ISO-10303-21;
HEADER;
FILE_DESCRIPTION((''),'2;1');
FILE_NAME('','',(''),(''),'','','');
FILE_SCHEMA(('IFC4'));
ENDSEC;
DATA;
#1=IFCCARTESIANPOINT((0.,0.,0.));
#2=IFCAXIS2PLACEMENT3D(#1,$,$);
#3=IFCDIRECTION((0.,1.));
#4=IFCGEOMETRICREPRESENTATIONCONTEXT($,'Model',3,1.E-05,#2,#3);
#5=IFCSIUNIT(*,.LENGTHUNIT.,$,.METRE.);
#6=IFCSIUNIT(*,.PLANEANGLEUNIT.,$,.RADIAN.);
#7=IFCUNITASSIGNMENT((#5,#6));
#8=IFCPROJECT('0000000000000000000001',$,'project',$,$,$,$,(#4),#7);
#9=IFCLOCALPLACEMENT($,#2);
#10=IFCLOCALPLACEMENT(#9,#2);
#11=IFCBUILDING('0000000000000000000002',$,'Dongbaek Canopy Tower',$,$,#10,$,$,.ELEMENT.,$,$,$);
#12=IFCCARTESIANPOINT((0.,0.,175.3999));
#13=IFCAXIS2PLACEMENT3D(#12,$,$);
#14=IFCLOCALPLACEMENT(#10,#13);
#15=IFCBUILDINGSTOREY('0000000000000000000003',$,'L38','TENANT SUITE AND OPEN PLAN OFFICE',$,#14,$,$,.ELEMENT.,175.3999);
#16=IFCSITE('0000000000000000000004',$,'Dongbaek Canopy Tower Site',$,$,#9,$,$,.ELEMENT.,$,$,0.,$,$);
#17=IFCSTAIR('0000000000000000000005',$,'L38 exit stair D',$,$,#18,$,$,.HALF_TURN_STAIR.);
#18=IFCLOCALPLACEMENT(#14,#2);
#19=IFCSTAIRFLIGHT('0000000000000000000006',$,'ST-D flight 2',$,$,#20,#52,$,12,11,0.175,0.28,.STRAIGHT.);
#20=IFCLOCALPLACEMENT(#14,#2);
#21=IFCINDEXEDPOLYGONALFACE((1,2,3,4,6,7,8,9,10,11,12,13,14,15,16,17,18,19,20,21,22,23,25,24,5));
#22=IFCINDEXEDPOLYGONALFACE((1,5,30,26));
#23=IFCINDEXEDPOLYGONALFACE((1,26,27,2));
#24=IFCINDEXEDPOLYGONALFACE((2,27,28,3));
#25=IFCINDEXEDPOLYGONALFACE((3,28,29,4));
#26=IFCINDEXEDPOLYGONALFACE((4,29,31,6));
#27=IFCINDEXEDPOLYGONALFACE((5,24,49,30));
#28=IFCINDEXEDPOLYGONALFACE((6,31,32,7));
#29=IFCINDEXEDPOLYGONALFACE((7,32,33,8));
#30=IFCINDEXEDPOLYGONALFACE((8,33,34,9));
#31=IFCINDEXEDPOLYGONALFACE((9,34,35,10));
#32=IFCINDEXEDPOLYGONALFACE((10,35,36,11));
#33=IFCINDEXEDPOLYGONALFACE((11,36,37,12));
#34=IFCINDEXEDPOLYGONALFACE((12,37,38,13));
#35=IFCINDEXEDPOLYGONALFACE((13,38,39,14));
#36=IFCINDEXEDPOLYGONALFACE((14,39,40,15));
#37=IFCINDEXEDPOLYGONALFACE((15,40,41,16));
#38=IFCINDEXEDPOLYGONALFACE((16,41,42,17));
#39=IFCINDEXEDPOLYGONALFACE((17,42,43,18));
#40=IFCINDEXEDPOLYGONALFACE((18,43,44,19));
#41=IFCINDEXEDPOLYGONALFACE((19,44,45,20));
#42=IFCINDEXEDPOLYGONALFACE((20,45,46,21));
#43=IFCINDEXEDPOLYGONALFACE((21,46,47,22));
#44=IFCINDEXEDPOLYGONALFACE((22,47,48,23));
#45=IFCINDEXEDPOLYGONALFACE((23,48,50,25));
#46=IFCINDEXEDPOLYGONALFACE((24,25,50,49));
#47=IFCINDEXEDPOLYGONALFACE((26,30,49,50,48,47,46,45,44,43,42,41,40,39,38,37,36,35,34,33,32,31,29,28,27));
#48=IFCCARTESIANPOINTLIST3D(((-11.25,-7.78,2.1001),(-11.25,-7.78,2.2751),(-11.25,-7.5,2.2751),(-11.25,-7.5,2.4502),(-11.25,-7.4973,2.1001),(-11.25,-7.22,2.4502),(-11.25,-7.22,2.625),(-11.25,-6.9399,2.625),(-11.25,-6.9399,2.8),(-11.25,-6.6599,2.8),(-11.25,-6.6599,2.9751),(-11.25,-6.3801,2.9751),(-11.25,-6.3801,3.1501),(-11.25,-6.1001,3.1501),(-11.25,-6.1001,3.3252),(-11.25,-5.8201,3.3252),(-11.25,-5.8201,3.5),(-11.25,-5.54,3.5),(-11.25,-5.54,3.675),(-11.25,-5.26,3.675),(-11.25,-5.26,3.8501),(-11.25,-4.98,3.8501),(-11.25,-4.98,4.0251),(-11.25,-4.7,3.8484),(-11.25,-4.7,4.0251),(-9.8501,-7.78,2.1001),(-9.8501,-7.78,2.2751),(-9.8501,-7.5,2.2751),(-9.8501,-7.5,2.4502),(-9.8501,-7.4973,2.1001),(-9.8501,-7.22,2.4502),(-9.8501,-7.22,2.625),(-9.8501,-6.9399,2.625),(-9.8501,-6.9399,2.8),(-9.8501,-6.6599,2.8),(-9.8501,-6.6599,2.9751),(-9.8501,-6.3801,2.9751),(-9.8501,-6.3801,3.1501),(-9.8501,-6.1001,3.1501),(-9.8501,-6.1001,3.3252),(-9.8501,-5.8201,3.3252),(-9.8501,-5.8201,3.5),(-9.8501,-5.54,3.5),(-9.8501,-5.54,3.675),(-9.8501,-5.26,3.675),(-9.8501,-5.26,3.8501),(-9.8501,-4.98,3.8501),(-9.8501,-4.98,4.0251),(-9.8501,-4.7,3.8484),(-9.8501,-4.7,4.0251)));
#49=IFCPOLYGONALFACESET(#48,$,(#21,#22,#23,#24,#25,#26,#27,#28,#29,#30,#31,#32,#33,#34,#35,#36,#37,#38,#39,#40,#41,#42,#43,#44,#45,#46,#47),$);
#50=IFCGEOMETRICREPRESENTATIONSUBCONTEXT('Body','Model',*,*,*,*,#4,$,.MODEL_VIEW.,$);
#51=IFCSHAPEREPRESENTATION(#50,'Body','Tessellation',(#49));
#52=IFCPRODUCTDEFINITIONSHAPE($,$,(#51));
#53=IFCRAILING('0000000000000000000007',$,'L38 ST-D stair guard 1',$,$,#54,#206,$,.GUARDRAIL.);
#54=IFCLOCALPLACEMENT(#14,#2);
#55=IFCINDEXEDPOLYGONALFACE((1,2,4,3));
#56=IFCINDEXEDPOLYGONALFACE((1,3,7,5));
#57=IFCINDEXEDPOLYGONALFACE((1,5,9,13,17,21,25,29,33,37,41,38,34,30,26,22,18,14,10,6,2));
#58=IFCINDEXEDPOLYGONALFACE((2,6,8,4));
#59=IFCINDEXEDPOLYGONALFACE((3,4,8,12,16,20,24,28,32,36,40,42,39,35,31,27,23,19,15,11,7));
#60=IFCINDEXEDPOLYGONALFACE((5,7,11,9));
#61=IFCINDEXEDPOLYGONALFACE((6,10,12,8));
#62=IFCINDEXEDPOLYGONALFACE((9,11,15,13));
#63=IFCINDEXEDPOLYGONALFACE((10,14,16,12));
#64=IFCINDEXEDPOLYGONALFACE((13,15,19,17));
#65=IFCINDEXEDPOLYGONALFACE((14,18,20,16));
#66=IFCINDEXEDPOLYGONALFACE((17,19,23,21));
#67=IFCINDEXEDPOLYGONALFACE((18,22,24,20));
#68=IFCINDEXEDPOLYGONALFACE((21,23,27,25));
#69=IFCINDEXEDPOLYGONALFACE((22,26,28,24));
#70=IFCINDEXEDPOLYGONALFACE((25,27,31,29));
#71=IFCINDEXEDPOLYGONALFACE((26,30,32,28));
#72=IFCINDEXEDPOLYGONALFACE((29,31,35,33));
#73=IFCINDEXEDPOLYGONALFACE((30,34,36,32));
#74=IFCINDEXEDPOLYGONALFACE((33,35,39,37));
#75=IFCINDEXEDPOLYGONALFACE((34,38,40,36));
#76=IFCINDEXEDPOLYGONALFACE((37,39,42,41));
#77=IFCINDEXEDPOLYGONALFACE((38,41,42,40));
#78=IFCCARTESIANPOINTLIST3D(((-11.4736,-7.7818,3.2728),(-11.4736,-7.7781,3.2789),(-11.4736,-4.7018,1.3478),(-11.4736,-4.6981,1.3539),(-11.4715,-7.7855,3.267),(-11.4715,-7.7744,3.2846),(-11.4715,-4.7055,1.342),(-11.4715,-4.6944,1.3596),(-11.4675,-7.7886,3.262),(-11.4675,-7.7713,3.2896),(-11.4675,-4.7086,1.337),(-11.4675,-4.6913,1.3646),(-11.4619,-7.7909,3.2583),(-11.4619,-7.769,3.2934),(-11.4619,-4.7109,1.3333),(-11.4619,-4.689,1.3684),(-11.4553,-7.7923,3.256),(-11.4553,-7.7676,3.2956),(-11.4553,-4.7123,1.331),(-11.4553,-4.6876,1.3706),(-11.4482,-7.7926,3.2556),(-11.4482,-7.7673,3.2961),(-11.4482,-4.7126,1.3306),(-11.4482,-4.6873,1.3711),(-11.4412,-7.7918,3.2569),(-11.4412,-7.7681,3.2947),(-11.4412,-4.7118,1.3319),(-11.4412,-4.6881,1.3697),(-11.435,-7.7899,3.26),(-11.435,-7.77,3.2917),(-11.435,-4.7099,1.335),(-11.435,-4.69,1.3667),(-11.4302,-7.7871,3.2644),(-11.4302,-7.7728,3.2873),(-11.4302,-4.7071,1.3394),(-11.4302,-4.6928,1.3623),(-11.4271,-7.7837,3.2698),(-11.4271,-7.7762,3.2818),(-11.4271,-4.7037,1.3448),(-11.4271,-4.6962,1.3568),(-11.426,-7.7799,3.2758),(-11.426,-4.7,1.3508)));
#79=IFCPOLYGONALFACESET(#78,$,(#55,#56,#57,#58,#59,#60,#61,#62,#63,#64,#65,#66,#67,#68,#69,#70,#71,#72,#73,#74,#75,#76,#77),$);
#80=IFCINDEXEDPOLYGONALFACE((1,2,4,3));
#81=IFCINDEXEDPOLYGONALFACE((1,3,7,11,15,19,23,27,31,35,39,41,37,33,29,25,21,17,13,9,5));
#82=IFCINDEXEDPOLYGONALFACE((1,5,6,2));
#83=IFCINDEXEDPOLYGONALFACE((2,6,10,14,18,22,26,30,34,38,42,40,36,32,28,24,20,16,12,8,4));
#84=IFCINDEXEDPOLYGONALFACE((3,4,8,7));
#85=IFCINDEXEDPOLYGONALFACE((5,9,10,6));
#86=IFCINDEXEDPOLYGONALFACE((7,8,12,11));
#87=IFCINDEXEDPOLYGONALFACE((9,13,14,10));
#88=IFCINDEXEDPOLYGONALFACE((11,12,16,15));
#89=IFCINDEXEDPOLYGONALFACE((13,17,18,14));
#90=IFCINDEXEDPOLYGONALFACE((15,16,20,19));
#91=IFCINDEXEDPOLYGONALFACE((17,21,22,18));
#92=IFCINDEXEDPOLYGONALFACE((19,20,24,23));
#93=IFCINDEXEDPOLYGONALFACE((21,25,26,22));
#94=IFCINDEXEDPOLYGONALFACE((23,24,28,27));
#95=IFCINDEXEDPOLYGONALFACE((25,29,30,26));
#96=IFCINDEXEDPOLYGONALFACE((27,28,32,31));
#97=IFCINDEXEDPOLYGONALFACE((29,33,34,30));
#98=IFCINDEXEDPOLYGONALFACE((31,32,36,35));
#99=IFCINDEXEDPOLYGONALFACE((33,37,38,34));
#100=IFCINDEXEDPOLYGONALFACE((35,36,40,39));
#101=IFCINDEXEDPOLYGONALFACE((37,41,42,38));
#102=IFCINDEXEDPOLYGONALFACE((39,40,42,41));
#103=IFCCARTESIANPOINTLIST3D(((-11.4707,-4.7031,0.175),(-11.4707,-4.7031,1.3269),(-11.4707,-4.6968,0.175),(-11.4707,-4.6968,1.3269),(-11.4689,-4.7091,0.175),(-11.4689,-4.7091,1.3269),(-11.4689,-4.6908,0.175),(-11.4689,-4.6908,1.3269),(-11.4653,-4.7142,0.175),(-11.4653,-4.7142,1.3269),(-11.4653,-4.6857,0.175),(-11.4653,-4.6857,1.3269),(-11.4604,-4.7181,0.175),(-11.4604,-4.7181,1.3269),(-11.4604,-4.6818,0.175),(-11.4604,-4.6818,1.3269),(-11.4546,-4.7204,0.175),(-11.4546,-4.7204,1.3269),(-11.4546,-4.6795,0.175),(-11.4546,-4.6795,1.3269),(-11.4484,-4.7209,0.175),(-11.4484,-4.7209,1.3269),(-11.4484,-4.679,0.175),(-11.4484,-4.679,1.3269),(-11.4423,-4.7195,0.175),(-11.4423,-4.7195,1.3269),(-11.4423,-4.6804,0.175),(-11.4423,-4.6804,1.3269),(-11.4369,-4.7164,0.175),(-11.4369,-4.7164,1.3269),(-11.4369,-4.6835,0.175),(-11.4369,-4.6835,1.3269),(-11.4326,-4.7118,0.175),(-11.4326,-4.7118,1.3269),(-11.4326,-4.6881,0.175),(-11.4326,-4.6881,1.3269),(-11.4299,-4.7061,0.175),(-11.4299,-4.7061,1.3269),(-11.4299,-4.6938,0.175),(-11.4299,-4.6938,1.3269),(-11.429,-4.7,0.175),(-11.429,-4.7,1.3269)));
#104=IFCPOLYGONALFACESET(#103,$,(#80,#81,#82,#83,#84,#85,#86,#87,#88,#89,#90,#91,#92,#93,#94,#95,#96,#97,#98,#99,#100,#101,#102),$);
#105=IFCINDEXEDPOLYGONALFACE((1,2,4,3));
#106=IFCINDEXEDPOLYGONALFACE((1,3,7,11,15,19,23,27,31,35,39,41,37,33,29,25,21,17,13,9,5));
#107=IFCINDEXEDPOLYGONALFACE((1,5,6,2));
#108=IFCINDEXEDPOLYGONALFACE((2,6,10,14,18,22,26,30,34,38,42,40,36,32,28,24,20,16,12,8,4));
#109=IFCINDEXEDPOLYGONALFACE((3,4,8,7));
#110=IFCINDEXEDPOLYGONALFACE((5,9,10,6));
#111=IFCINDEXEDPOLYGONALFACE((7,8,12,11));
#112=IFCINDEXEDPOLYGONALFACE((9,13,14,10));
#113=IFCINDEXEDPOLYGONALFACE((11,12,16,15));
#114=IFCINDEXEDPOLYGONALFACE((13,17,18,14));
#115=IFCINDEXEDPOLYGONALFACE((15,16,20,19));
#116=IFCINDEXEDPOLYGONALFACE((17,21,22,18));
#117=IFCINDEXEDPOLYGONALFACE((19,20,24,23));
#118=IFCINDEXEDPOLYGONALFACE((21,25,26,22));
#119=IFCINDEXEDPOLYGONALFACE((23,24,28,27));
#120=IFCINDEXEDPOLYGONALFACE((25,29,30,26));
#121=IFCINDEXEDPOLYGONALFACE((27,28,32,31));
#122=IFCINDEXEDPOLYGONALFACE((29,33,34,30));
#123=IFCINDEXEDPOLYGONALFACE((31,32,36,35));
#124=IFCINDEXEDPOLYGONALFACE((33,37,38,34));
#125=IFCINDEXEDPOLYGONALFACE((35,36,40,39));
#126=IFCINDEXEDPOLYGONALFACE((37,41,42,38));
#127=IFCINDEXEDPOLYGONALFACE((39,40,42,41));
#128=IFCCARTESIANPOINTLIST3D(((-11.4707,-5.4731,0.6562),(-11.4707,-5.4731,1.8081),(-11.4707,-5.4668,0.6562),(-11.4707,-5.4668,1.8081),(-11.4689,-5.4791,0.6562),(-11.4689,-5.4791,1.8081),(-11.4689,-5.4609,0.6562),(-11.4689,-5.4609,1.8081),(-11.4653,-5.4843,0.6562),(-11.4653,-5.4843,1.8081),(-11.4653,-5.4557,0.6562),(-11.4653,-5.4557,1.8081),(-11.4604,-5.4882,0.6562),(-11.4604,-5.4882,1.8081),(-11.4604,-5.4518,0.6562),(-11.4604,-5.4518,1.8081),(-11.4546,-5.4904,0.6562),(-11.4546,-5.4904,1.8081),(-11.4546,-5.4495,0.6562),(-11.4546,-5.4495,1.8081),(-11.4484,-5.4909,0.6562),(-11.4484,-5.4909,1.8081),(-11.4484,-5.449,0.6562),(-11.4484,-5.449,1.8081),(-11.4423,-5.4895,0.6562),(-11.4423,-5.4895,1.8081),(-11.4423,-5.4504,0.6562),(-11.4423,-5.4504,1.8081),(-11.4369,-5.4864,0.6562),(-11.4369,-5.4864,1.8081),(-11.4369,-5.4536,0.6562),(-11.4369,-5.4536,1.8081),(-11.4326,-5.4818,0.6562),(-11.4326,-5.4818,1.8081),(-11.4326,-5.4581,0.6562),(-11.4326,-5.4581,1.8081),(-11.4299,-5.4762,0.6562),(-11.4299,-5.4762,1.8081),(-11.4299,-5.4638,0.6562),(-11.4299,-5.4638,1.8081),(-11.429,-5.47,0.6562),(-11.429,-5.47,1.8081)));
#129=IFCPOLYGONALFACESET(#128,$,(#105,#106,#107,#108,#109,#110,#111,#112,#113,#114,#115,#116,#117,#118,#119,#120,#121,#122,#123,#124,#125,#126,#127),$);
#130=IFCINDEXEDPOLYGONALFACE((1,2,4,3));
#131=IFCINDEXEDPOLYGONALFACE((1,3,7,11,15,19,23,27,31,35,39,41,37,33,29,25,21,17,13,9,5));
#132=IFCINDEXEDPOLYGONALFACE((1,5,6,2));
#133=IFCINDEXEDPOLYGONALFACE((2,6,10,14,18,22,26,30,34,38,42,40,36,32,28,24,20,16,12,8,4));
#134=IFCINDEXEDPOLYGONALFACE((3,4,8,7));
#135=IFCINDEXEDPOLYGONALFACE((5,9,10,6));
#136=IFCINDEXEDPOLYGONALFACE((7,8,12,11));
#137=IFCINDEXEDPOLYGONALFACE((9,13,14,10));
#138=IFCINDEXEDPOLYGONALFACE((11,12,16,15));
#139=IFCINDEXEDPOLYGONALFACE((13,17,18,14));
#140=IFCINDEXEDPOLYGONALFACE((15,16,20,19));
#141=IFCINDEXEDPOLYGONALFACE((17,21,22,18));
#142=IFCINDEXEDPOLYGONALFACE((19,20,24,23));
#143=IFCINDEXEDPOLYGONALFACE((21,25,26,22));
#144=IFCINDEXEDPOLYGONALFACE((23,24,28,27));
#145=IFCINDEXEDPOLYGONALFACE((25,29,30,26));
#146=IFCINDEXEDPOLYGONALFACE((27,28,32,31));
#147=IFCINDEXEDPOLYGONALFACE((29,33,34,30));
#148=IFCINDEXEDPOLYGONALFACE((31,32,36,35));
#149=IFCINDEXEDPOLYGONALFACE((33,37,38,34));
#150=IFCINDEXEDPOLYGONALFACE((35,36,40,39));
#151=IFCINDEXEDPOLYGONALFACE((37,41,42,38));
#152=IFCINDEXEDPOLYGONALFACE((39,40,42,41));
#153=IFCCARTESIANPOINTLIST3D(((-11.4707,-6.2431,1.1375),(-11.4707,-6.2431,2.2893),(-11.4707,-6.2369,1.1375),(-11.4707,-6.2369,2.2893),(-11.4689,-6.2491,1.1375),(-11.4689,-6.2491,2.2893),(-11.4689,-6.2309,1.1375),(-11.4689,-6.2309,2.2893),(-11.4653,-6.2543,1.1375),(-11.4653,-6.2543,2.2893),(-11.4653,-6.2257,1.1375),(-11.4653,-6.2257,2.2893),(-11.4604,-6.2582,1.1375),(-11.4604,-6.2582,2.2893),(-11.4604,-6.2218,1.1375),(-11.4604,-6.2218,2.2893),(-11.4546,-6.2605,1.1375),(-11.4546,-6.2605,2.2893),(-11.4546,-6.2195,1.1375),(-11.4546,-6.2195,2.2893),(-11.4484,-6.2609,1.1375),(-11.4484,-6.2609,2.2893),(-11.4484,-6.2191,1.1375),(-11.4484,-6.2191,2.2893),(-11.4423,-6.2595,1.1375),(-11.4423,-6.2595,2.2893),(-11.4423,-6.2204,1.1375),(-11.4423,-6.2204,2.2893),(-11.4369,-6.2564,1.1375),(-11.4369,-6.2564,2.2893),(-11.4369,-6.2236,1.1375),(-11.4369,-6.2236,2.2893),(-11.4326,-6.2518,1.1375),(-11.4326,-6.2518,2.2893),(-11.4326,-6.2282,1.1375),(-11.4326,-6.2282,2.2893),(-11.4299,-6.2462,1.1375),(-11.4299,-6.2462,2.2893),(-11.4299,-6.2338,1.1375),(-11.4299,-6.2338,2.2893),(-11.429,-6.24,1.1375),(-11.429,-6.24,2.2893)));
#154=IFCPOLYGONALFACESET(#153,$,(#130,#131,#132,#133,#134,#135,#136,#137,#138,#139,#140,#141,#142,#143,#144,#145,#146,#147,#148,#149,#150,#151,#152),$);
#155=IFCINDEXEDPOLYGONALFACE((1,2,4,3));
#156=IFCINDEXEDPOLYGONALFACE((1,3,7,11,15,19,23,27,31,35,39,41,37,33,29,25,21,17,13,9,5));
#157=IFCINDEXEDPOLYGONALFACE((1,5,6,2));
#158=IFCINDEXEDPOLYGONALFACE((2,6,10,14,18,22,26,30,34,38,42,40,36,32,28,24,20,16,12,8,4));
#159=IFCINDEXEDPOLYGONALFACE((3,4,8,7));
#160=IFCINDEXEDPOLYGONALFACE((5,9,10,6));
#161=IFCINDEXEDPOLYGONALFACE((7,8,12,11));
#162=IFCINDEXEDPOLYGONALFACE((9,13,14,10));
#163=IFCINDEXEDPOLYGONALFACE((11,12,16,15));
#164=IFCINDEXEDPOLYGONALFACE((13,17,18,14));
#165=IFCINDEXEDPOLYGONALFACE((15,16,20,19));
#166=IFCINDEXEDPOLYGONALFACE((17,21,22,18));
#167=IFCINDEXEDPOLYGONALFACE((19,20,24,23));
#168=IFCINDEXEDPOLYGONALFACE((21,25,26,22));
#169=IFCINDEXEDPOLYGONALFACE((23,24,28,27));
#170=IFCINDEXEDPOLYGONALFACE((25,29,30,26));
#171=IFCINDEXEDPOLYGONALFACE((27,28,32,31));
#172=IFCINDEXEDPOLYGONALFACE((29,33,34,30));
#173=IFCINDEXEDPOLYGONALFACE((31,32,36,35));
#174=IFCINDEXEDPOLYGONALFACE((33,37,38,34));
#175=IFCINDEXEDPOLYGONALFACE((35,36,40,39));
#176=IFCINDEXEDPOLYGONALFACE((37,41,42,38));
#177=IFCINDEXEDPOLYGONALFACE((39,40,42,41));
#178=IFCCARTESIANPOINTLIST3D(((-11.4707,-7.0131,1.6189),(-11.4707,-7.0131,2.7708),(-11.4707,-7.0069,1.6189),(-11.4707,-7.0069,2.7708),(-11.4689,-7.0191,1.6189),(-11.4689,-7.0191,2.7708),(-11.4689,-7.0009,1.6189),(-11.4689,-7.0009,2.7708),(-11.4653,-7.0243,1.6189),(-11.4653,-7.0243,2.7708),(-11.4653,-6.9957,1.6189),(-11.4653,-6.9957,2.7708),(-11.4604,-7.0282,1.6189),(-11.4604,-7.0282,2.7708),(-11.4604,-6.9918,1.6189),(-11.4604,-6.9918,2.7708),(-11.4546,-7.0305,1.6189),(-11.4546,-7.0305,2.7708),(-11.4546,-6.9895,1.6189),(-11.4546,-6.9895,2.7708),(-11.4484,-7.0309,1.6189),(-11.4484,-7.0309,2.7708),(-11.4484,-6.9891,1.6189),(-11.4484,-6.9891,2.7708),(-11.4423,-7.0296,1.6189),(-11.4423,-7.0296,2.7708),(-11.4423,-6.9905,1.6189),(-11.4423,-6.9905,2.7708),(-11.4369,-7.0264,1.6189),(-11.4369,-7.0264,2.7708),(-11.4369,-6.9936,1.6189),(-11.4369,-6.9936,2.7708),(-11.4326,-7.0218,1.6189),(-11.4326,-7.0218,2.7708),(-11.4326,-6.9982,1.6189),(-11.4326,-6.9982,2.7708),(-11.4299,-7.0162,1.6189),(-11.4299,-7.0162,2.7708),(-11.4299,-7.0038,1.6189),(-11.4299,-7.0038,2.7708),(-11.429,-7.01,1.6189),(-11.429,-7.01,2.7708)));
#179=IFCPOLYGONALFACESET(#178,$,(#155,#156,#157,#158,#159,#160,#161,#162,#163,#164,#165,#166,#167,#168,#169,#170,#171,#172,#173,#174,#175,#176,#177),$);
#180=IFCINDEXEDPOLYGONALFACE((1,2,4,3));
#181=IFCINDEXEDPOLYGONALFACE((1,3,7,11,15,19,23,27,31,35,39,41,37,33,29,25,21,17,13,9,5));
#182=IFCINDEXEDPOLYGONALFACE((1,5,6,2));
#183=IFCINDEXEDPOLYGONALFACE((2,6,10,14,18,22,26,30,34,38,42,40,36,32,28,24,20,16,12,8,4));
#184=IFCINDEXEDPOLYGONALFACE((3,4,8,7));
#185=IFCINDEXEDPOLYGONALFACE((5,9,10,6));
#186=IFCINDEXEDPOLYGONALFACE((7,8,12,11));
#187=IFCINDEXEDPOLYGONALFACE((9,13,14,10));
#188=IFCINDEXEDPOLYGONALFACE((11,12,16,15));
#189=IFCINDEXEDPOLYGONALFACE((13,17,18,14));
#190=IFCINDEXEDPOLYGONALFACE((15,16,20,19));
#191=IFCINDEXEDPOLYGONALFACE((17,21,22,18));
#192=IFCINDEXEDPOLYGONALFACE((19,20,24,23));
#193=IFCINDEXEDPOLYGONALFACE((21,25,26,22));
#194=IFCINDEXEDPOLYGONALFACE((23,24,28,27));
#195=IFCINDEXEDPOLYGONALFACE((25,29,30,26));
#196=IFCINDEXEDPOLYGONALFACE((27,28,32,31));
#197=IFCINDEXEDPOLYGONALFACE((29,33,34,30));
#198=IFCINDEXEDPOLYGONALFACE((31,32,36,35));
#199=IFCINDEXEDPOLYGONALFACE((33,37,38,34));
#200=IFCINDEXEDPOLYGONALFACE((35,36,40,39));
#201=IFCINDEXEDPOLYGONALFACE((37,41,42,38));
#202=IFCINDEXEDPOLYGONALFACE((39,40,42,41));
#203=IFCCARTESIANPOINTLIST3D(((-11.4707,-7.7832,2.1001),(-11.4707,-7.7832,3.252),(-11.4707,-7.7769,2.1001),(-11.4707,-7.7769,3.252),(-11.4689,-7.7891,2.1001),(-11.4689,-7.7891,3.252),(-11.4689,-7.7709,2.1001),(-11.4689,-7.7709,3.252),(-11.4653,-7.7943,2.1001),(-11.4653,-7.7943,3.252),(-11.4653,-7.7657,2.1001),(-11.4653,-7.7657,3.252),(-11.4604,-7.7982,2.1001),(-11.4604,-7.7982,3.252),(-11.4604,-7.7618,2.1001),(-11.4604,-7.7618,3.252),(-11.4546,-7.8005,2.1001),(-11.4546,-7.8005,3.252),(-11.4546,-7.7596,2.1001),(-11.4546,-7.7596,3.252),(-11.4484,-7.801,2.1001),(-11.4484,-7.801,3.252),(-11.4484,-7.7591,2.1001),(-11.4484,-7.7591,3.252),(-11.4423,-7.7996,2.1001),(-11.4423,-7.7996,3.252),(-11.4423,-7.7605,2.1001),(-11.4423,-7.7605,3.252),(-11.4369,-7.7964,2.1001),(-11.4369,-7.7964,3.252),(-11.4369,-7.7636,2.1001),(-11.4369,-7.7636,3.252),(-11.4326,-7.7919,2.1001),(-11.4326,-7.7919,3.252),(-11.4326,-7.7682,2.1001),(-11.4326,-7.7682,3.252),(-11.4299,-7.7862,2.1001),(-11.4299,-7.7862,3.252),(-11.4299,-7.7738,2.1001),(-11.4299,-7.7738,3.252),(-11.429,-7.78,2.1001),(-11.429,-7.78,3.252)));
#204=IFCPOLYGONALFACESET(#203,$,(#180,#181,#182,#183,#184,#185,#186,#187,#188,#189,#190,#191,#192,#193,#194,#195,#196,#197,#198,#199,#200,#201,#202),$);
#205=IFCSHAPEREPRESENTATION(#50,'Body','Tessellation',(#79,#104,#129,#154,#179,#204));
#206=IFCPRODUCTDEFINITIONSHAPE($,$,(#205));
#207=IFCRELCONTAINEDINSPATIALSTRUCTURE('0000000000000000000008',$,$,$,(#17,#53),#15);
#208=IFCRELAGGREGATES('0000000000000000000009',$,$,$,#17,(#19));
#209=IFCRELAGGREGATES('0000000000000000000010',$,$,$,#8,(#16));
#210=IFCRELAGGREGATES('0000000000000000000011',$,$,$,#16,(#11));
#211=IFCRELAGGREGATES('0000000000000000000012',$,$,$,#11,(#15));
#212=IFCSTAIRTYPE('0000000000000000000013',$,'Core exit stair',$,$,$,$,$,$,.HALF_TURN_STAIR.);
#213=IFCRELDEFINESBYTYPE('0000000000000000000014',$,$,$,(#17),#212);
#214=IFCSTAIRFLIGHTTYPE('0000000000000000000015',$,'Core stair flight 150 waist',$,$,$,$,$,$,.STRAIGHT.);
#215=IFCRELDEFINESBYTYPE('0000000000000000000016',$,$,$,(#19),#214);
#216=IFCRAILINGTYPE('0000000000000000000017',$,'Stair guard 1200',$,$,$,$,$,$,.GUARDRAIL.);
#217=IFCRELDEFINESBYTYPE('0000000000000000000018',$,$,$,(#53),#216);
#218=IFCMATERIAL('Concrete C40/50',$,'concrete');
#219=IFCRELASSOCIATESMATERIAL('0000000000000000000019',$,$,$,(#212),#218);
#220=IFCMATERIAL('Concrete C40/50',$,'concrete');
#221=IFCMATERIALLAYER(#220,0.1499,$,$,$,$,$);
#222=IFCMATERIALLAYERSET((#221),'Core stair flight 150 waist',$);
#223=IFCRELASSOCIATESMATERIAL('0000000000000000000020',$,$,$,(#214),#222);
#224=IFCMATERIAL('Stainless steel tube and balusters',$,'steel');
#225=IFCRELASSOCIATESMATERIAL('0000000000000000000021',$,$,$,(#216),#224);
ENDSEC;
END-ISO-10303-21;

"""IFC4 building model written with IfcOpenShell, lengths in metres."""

from ifc_helpers import new_model, si_unit, direction, frame, origin, origin_2d, place, context, subcontext, project, spatial, polyline, circle, outline, extrude, material, layer, layer_set, type_object, element, aggregate, save


model = new_model("IFC4")

# Units and contexts
model_context = context("Model", 3, precision=1e-05, world=origin(), true_north=direction((0.0, 1.0)))
body_context = subcontext(model_context, "Body", "Model", "MODEL_VIEW")
ifc_project = project(units=[si_unit("LENGTHUNIT", "METRE"), si_unit("PLANEANGLEUNIT", "RADIAN")], contexts=[model_context])

# Site, building, storey
site_placement = place(None, origin())
site = spatial("IfcSite", under=ifc_project, at=site_placement, Name="Dongbaek Canopy Tower Site", CompositionType="ELEMENT", RefElevation=0.0)
building_placement = place(site_placement, origin())
building = spatial("IfcBuilding", under=site, at=building_placement, Name="Dongbaek Canopy Tower", CompositionType="ELEMENT")
storey_placement = place(building_placement, frame((0.0, 0.0, 175.3999)))
storey = spatial("IfcBuildingStorey", under=building, at=storey_placement, Name="L38", Description="TENANT SUITE AND OPEN PLAN OFFICE", CompositionType="ELEMENT", Elevation=175.3999)

# Stair, stair flight
ifc_material_1 = material(Name="Concrete C40/50", Category="concrete")
stair_type = type_object("IfcStairType", Name="Core exit stair", PredefinedType="HALF_TURN_STAIR", material=ifc_material_1)
stair_placement = place(storey_placement, origin())
stair = element("IfcStair", 1, at=stair_placement, inside=storey, type_object=stair_type, Name="L38 exit stair D", PredefinedType="HALF_TURN_STAIR")
ifc_material_2 = material(Name="Concrete C40/50", Category="concrete")
ifc_layer_1 = layer(ifc_material_2, 0.1499)
ifc_layer_set_1 = layer_set([ifc_layer_1], Name="Core stair flight 150 waist")
stair_flight_type = type_object("IfcStairFlightType", Name="Core stair flight 150 waist", PredefinedType="STRAIGHT", material=ifc_layer_set_1)
stair_flight_1_placement = place(storey_placement, frame((-10.55, -7.78, 2.1001), z_axis=(0.0, 0.0, 1.0), x_axis=(0.0, 1.0, 0.0)))
stair_flight_1 = element("IfcStairFlight", 2, at=stair_flight_1_placement, type_object=stair_flight_type, Name="ST-D flight 2", NumberOfRisers=12, NumberOfTreads=11, PredefinedType="STRAIGHT", RiserHeight=0.175, TreadLength=0.28, context=body_context, shape_type="SweptSolid", body=[
    extrude(outline(polyline([(0.0, 0.0), (0.0, 0.175), (0.28, 0.175), (0.28, 0.3501), (0.5601, 0.3501), (0.5601, 0.5249), (0.8401, 0.5249), (0.8401, 0.7), (1.1201, 0.7), (1.1201, 0.875), (1.3999, 0.875), (1.3999, 1.05), (1.6799, 1.05), (1.6799, 1.2251), (1.96, 1.2251), (1.96, 1.3999), (2.24, 1.3999), (2.24, 1.575), (2.52, 1.575), (2.52, 1.75), (2.8, 1.75), (2.8, 1.925), (3.0801, 1.925), (3.0801, 2.1001), (3.0801, 1.7483), (0.2827, 0.0), (0.0, 0.0)])), frame((0.0, 0.7, 0.0), z_axis=(0.0, -1.0, 0.0), x_axis=(1.0, 0.0, 0.0)), (0.0, 0.0, 1.0), 1.3999),
])
aggregate(stair, [stair_flight_1])

# Railing
ifc_material_3 = material(Name="Stainless steel tube and balusters", Category="steel")
railing_type_1 = type_object("IfcRailingType", Name="Stair guard 1200", PredefinedType="GUARDRAIL", material=ifc_material_3)
railing_1_placement = place(storey_placement, frame((-11.45, -4.7, 0.175)))
element("IfcRailing", 3, at=railing_1_placement, inside=storey, type_object=railing_type_1, Name="L38 ST-D stair guard 1", PredefinedType="GUARDRAIL", context=body_context, shape_type="SweptSolid", body=[
    extrude(circle(Radius=0.0239, at=origin_2d()), frame((0.0, 0.0, 1.1758), z_axis=(0.0, -0.847998, 0.529999), x_axis=(1.0, 0.0, 0.0)), (0.0, 0.0, 1.0), 3.6321),
    extrude(circle(Radius=0.021, at=origin_2d()), origin(), (0.0, 0.0, 1.0), 1.1519),
    extrude(circle(Radius=0.021, at=origin_2d()), frame((0.0, -0.77, 0.4812)), (0.0, 0.0, 1.0), 1.1519),
    extrude(circle(Radius=0.021, at=origin_2d()), frame((0.0, -1.54, 0.9624)), (0.0, 0.0, 1.0), 1.1519),
    extrude(circle(Radius=0.021, at=origin_2d()), frame((0.0, -2.3101, 1.4438)), (0.0, 0.0, 1.0), 1.1519),
    extrude(circle(Radius=0.021, at=origin_2d()), frame((0.0, -3.0801, 1.925)), (0.0, 0.0, 1.0), 1.1519),
])

save(model, "model.ifc")
